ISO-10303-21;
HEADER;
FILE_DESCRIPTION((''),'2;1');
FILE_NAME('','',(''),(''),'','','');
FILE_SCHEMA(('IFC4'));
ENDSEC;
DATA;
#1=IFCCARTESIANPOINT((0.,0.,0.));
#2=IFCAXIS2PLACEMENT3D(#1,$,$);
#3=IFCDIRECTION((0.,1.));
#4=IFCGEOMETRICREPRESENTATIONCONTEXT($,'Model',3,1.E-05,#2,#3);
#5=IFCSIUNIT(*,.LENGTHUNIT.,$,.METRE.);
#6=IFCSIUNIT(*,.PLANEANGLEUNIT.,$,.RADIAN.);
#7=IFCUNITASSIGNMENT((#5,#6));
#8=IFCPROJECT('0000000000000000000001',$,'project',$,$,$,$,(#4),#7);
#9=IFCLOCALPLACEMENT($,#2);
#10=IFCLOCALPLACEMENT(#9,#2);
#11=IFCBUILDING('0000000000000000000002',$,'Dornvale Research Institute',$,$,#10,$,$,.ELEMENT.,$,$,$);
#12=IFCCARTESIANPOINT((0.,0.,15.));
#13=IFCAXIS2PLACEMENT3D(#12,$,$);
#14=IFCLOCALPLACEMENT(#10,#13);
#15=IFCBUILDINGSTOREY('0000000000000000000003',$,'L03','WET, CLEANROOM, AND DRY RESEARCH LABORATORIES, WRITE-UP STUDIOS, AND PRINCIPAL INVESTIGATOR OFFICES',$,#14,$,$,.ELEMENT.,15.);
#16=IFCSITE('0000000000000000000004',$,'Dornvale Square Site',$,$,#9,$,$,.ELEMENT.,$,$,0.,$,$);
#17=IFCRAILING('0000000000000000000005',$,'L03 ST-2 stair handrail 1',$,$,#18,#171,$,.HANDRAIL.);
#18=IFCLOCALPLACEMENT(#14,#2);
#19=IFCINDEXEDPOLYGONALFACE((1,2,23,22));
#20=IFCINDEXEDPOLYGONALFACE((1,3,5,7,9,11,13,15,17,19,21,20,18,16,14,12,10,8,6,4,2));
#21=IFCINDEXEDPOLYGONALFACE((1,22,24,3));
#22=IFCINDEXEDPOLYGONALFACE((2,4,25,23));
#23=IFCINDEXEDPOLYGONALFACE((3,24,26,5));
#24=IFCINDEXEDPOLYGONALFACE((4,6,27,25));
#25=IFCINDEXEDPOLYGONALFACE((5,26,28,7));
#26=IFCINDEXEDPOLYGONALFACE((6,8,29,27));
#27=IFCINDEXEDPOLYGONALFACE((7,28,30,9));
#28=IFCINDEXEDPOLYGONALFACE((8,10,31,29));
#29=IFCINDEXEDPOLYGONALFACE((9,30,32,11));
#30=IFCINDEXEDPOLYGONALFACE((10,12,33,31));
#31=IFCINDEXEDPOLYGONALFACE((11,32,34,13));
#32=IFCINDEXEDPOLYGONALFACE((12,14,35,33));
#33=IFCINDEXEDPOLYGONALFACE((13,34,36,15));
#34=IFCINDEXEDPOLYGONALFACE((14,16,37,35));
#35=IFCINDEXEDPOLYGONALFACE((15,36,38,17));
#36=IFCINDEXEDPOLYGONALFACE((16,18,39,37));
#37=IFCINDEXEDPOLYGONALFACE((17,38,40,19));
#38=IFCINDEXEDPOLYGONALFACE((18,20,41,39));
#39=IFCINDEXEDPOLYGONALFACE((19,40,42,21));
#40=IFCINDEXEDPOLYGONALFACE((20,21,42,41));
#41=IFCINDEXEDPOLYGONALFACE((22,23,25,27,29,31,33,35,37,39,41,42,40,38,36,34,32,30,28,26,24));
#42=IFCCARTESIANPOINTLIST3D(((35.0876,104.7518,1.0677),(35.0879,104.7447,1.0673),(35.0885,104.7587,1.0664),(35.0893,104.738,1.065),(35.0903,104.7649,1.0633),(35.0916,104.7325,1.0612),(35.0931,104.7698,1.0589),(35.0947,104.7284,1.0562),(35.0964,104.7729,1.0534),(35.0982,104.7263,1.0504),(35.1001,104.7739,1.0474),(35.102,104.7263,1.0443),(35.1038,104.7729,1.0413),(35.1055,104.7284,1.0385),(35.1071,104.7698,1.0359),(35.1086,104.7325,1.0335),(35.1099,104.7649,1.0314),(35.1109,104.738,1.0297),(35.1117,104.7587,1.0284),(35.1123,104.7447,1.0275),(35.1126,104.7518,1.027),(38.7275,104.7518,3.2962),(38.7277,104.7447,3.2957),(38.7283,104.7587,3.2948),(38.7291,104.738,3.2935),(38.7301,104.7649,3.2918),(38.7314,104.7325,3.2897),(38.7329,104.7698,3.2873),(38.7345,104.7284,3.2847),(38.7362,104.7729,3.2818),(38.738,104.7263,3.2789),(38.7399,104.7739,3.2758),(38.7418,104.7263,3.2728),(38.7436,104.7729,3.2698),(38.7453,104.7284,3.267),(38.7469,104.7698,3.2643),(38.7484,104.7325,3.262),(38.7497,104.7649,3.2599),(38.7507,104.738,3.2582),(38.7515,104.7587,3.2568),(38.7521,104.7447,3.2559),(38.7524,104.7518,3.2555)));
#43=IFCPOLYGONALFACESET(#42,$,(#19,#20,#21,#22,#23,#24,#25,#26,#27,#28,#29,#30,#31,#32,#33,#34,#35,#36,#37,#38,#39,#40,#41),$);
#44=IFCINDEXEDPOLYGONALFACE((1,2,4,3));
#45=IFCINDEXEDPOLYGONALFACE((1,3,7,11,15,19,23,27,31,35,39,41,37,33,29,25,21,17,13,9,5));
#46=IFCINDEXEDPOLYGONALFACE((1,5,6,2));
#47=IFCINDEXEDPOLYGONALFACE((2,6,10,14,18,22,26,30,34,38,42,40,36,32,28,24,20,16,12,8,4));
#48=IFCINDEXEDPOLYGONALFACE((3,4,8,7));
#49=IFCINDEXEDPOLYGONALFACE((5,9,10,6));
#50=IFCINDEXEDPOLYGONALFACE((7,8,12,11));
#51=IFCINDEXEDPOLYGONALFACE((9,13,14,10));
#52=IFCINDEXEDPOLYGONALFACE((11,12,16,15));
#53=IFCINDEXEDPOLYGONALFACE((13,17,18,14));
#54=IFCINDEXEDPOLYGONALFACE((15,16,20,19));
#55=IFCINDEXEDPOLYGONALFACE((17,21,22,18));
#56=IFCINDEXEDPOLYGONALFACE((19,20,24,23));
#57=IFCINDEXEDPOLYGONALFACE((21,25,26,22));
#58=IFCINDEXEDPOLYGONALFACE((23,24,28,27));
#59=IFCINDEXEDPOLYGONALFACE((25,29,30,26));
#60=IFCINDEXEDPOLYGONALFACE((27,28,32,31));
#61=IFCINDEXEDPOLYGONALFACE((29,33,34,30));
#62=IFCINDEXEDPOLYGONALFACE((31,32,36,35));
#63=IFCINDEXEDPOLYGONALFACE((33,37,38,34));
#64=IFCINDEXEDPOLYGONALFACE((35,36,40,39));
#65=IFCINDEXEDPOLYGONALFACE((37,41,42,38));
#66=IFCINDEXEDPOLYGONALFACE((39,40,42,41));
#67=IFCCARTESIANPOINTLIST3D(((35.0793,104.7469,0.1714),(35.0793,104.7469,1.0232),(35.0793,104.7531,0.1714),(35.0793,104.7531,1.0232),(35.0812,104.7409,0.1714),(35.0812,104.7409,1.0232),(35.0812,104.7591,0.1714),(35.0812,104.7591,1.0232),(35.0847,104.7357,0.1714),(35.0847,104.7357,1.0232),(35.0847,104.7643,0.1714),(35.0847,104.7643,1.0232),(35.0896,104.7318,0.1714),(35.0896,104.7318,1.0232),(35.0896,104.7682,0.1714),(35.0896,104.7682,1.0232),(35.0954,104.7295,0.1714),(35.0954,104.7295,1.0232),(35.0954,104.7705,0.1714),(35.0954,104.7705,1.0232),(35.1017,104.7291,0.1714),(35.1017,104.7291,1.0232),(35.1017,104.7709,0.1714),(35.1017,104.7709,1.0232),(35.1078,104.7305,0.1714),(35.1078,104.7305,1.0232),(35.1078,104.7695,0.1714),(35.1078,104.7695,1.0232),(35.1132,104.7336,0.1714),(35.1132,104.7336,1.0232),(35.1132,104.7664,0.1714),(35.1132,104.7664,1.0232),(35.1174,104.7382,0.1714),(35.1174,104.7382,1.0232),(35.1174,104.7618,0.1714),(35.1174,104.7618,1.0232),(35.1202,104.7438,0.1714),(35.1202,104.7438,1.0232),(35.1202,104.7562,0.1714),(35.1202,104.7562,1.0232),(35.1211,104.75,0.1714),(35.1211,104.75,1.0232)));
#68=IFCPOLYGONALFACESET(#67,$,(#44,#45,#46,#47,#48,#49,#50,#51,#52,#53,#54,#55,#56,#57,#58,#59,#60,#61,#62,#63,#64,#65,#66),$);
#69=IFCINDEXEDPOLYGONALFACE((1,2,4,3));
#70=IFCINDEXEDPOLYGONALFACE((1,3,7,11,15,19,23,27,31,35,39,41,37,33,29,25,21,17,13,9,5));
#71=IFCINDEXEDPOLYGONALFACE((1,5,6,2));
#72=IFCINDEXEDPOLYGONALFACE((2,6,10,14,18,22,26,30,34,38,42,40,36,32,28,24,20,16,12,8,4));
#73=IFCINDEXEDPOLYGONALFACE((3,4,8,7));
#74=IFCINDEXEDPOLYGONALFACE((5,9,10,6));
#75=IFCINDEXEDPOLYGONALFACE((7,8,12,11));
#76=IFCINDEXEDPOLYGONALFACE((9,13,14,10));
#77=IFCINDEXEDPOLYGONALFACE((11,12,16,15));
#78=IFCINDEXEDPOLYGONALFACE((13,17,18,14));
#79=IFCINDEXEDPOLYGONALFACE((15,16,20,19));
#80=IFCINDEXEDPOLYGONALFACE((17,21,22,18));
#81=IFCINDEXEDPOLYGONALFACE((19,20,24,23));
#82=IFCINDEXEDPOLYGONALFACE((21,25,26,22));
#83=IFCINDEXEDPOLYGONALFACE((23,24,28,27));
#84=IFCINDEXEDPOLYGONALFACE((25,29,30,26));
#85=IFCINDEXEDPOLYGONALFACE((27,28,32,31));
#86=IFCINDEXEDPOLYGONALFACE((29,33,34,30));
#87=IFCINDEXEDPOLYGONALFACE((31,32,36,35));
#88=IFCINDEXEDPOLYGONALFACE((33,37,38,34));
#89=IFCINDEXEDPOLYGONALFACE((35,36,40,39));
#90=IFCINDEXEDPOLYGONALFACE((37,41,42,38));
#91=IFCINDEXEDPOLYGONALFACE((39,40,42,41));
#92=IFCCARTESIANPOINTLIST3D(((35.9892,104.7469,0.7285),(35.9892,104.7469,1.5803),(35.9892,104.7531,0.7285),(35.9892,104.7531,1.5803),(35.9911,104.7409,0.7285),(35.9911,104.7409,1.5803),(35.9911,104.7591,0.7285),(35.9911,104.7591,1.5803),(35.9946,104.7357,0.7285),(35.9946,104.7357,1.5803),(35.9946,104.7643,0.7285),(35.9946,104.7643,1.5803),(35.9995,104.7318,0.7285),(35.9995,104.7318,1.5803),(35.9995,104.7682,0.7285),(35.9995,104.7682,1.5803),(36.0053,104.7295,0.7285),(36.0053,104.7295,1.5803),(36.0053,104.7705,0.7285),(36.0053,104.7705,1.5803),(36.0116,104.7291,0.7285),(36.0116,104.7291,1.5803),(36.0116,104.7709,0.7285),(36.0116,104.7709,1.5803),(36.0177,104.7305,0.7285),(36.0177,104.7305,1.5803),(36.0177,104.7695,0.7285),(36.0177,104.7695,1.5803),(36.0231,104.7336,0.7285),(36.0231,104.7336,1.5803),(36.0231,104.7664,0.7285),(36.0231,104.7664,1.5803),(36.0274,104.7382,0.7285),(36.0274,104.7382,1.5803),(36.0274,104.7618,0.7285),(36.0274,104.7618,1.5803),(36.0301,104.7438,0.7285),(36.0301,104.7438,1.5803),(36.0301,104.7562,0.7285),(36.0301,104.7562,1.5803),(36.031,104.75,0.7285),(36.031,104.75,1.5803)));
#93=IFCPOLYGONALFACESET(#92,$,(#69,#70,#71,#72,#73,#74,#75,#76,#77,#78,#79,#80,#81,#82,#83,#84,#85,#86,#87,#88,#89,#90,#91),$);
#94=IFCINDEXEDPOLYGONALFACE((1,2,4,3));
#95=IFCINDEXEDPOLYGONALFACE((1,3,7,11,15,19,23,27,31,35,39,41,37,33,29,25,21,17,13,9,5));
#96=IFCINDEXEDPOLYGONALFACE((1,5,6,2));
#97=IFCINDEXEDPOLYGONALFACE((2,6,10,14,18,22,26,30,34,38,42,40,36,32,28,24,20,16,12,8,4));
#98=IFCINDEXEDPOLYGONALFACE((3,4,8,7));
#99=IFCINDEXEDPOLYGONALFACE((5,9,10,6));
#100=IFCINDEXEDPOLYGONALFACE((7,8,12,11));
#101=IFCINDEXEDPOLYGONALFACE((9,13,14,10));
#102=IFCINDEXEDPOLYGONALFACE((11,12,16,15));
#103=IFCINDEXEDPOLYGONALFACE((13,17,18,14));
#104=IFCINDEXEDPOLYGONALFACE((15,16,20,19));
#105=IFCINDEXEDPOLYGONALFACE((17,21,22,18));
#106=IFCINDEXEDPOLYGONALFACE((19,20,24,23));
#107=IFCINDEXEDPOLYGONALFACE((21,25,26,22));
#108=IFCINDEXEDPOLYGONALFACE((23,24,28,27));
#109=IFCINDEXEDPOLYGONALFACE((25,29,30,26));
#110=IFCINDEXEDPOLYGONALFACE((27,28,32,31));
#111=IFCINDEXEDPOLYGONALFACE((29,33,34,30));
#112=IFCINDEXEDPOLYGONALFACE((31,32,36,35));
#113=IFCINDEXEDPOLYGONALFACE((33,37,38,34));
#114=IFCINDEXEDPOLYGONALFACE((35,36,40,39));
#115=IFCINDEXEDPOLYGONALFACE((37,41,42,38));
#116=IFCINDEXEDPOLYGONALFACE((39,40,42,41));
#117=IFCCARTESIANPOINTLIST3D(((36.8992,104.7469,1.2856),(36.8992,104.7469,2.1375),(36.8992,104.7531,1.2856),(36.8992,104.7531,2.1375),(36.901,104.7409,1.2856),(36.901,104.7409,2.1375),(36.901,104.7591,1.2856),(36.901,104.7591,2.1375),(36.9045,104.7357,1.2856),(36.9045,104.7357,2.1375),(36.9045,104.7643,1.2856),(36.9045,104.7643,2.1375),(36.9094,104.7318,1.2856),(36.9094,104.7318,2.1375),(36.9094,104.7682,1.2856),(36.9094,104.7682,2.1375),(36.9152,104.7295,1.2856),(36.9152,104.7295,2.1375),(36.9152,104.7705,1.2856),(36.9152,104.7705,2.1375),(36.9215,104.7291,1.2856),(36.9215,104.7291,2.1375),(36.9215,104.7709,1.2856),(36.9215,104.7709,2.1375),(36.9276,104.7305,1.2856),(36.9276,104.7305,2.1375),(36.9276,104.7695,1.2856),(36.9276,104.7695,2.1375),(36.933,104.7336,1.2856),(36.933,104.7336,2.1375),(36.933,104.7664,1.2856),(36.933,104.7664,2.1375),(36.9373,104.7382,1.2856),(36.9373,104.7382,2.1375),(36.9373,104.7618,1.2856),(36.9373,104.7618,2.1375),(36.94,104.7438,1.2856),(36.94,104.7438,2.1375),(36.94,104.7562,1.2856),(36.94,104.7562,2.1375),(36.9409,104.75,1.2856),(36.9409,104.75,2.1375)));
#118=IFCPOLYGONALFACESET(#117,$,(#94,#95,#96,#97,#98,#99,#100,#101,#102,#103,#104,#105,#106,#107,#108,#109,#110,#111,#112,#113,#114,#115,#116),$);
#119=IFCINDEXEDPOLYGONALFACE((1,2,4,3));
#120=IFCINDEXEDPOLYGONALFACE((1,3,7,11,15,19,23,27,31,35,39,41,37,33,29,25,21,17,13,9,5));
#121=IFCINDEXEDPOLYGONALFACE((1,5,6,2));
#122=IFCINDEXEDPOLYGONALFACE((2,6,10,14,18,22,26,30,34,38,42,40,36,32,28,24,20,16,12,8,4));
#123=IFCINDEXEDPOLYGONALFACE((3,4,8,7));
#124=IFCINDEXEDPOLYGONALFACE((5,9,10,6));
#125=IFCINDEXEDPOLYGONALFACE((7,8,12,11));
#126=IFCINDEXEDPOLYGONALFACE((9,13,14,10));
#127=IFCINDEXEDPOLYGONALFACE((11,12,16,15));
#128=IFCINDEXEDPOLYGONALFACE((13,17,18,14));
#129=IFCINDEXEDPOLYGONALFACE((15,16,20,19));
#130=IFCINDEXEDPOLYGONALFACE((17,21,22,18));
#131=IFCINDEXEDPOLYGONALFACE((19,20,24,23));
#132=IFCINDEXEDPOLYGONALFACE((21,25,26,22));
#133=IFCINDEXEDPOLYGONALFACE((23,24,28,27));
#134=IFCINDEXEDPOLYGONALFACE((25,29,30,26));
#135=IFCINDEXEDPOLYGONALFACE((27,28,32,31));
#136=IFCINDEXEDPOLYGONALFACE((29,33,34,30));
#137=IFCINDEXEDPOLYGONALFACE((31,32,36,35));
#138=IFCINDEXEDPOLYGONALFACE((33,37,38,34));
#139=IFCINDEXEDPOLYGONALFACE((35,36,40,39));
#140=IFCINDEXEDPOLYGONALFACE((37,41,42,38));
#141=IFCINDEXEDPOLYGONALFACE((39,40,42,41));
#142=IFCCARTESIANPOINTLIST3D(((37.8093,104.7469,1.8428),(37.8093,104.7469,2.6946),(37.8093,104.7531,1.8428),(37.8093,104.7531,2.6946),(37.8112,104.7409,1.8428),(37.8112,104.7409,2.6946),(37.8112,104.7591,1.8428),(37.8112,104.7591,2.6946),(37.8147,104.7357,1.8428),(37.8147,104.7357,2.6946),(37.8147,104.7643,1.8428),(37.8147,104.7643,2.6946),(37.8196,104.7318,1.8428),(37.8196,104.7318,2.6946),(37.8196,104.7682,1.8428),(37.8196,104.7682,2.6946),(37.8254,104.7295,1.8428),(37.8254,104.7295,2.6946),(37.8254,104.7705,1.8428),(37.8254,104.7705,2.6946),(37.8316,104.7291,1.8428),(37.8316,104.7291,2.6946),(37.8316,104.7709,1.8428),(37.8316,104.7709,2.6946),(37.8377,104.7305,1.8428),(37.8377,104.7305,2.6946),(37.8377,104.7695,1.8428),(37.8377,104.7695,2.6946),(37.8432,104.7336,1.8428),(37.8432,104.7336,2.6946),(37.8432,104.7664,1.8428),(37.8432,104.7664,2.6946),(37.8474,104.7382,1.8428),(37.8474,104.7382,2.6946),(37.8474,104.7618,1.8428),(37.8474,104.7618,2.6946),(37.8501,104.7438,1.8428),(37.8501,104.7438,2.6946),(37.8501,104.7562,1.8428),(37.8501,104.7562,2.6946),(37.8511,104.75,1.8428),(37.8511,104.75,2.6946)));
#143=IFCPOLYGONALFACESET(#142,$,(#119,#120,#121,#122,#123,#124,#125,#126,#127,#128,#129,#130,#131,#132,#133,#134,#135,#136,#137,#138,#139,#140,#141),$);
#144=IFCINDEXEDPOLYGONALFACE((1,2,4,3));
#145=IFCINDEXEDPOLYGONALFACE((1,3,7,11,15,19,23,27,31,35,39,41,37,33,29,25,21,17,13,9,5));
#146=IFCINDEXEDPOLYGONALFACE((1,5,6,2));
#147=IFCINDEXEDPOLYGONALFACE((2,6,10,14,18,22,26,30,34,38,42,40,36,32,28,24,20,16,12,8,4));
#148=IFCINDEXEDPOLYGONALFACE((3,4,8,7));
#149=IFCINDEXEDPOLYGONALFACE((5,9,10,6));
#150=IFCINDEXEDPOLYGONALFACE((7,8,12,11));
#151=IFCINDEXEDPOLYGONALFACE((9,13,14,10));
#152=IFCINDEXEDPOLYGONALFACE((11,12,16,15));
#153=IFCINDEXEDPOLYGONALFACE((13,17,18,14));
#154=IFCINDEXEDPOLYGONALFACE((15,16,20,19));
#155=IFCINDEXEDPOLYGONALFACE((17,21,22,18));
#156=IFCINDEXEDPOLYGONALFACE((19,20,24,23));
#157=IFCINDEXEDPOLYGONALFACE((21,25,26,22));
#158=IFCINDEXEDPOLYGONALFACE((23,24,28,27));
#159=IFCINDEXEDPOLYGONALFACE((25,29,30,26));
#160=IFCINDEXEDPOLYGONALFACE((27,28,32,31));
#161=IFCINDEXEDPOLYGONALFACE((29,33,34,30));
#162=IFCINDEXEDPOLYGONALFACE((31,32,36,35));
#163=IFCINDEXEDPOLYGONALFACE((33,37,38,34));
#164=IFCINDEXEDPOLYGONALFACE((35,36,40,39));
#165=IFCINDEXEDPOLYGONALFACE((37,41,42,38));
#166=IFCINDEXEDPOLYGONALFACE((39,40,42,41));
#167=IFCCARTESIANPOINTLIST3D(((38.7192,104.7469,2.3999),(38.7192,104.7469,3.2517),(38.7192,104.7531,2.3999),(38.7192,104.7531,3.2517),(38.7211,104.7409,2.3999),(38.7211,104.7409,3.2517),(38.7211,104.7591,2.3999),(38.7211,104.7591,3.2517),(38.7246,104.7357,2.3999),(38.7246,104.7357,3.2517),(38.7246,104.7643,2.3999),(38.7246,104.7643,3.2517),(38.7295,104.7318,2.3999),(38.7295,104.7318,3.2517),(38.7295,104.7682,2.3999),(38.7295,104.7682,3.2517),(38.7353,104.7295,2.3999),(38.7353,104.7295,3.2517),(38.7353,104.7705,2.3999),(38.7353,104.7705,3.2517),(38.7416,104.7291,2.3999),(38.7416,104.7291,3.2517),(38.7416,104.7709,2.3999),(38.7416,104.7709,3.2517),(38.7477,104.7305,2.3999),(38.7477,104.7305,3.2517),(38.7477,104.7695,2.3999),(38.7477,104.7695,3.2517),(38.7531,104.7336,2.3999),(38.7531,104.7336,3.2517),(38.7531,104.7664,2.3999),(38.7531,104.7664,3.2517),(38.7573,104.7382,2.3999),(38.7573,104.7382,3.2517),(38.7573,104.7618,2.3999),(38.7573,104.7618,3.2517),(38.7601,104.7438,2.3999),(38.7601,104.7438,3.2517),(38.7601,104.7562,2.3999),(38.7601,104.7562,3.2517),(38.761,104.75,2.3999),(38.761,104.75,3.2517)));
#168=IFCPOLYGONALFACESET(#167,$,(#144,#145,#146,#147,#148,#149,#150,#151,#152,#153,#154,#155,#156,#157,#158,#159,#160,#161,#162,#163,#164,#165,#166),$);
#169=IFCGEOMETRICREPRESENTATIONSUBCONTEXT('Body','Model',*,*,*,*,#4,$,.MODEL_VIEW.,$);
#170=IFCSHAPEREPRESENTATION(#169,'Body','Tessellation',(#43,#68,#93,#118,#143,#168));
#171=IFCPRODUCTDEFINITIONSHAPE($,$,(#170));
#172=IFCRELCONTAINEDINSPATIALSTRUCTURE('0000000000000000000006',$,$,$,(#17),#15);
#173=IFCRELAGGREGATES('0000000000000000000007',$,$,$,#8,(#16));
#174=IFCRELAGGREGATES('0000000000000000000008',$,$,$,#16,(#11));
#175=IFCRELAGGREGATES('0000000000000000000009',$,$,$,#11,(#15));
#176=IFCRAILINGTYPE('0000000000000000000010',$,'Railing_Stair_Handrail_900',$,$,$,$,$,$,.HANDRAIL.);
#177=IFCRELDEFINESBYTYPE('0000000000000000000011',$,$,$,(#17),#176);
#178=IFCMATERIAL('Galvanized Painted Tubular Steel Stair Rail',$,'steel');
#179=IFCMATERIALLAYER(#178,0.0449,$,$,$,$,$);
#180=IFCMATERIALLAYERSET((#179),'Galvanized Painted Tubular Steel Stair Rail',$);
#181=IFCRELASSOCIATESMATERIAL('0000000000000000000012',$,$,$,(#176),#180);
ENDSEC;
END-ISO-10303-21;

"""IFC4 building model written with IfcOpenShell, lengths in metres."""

from ifc_helpers import new_model, si_unit, direction, frame, origin, origin_2d, place, context, subcontext, project, spatial, circle, extrude, material, layer, layer_set, type_object, element, save


model = new_model("IFC4")

# Units and contexts
model_context = context("Model", 3, precision=1e-05, world=origin(), true_north=direction((0.0, 1.0)))
body_context = subcontext(model_context, "Body", "Model", "MODEL_VIEW")
ifc_project = project(units=[si_unit("LENGTHUNIT", "METRE"), si_unit("PLANEANGLEUNIT", "RADIAN")], contexts=[model_context])

# Site, building, storey
site_placement = place(None, origin())
site = spatial("IfcSite", under=ifc_project, at=site_placement, Name="Dornvale Square Site", CompositionType="ELEMENT", RefElevation=0.0)
building_placement = place(site_placement, origin())
building = spatial("IfcBuilding", under=site, at=building_placement, Name="Dornvale Research Institute", CompositionType="ELEMENT")
storey_placement = place(building_placement, frame((0.0, 0.0, 15.0)))
storey = spatial("IfcBuildingStorey", under=building, at=storey_placement, Name="L03", Description="WET, CLEANROOM, AND DRY RESEARCH LABORATORIES, WRITE-UP STUDIOS, AND PRINCIPAL INVESTIGATOR OFFICES", CompositionType="ELEMENT", Elevation=15.0)

# Railing
ifc_material_1 = material(Name="Galvanized Painted Tubular Steel Stair Rail", Category="steel")
ifc_layer_1 = layer(ifc_material_1, 0.0449)
ifc_layer_set_1 = layer_set([ifc_layer_1], Name="Galvanized Painted Tubular Steel Stair Rail")
railing_type_1 = type_object("IfcRailingType", Name="Railing_Stair_Handrail_900", PredefinedType="HANDRAIL", material=ifc_layer_set_1)
railing_1_placement = place(storey_placement, frame((35.1001, 104.75, 0.1714)))
element("IfcRailing", 1, at=railing_1_placement, inside=storey, type_object=railing_type_1, Name="L03 ST-2 stair handrail 1", PredefinedType="HANDRAIL", context=body_context, shape_type="SweptSolid", body=[
    extrude(circle(Radius=0.0239, at=origin_2d()), frame((0.0, 0.0, 0.876), z_axis=(0.85285, 0.0, 0.522156), x_axis=(0.0, 1.0, 0.0)), (0.0, 0.0, 1.0), 4.2678),
    extrude(circle(Radius=0.021, at=origin_2d()), origin(), (0.0, 0.0, 1.0), 0.8518),
    extrude(circle(Radius=0.021, at=origin_2d()), frame((0.9099, 0.0, 0.5571)), (0.0, 0.0, 1.0), 0.8518),
    extrude(circle(Radius=0.021, at=origin_2d()), frame((1.8198, 0.0, 1.1143)), (0.0, 0.0, 1.0), 0.8518),
    extrude(circle(Radius=0.021, at=origin_2d()), frame((2.73, 0.0, 1.6714)), (0.0, 0.0, 1.0), 0.8518),
    extrude(circle(Radius=0.021, at=origin_2d()), frame((3.6399, 0.0, 2.2285)), (0.0, 0.0, 1.0), 0.8518),
])

save(model, "model.ifc")
